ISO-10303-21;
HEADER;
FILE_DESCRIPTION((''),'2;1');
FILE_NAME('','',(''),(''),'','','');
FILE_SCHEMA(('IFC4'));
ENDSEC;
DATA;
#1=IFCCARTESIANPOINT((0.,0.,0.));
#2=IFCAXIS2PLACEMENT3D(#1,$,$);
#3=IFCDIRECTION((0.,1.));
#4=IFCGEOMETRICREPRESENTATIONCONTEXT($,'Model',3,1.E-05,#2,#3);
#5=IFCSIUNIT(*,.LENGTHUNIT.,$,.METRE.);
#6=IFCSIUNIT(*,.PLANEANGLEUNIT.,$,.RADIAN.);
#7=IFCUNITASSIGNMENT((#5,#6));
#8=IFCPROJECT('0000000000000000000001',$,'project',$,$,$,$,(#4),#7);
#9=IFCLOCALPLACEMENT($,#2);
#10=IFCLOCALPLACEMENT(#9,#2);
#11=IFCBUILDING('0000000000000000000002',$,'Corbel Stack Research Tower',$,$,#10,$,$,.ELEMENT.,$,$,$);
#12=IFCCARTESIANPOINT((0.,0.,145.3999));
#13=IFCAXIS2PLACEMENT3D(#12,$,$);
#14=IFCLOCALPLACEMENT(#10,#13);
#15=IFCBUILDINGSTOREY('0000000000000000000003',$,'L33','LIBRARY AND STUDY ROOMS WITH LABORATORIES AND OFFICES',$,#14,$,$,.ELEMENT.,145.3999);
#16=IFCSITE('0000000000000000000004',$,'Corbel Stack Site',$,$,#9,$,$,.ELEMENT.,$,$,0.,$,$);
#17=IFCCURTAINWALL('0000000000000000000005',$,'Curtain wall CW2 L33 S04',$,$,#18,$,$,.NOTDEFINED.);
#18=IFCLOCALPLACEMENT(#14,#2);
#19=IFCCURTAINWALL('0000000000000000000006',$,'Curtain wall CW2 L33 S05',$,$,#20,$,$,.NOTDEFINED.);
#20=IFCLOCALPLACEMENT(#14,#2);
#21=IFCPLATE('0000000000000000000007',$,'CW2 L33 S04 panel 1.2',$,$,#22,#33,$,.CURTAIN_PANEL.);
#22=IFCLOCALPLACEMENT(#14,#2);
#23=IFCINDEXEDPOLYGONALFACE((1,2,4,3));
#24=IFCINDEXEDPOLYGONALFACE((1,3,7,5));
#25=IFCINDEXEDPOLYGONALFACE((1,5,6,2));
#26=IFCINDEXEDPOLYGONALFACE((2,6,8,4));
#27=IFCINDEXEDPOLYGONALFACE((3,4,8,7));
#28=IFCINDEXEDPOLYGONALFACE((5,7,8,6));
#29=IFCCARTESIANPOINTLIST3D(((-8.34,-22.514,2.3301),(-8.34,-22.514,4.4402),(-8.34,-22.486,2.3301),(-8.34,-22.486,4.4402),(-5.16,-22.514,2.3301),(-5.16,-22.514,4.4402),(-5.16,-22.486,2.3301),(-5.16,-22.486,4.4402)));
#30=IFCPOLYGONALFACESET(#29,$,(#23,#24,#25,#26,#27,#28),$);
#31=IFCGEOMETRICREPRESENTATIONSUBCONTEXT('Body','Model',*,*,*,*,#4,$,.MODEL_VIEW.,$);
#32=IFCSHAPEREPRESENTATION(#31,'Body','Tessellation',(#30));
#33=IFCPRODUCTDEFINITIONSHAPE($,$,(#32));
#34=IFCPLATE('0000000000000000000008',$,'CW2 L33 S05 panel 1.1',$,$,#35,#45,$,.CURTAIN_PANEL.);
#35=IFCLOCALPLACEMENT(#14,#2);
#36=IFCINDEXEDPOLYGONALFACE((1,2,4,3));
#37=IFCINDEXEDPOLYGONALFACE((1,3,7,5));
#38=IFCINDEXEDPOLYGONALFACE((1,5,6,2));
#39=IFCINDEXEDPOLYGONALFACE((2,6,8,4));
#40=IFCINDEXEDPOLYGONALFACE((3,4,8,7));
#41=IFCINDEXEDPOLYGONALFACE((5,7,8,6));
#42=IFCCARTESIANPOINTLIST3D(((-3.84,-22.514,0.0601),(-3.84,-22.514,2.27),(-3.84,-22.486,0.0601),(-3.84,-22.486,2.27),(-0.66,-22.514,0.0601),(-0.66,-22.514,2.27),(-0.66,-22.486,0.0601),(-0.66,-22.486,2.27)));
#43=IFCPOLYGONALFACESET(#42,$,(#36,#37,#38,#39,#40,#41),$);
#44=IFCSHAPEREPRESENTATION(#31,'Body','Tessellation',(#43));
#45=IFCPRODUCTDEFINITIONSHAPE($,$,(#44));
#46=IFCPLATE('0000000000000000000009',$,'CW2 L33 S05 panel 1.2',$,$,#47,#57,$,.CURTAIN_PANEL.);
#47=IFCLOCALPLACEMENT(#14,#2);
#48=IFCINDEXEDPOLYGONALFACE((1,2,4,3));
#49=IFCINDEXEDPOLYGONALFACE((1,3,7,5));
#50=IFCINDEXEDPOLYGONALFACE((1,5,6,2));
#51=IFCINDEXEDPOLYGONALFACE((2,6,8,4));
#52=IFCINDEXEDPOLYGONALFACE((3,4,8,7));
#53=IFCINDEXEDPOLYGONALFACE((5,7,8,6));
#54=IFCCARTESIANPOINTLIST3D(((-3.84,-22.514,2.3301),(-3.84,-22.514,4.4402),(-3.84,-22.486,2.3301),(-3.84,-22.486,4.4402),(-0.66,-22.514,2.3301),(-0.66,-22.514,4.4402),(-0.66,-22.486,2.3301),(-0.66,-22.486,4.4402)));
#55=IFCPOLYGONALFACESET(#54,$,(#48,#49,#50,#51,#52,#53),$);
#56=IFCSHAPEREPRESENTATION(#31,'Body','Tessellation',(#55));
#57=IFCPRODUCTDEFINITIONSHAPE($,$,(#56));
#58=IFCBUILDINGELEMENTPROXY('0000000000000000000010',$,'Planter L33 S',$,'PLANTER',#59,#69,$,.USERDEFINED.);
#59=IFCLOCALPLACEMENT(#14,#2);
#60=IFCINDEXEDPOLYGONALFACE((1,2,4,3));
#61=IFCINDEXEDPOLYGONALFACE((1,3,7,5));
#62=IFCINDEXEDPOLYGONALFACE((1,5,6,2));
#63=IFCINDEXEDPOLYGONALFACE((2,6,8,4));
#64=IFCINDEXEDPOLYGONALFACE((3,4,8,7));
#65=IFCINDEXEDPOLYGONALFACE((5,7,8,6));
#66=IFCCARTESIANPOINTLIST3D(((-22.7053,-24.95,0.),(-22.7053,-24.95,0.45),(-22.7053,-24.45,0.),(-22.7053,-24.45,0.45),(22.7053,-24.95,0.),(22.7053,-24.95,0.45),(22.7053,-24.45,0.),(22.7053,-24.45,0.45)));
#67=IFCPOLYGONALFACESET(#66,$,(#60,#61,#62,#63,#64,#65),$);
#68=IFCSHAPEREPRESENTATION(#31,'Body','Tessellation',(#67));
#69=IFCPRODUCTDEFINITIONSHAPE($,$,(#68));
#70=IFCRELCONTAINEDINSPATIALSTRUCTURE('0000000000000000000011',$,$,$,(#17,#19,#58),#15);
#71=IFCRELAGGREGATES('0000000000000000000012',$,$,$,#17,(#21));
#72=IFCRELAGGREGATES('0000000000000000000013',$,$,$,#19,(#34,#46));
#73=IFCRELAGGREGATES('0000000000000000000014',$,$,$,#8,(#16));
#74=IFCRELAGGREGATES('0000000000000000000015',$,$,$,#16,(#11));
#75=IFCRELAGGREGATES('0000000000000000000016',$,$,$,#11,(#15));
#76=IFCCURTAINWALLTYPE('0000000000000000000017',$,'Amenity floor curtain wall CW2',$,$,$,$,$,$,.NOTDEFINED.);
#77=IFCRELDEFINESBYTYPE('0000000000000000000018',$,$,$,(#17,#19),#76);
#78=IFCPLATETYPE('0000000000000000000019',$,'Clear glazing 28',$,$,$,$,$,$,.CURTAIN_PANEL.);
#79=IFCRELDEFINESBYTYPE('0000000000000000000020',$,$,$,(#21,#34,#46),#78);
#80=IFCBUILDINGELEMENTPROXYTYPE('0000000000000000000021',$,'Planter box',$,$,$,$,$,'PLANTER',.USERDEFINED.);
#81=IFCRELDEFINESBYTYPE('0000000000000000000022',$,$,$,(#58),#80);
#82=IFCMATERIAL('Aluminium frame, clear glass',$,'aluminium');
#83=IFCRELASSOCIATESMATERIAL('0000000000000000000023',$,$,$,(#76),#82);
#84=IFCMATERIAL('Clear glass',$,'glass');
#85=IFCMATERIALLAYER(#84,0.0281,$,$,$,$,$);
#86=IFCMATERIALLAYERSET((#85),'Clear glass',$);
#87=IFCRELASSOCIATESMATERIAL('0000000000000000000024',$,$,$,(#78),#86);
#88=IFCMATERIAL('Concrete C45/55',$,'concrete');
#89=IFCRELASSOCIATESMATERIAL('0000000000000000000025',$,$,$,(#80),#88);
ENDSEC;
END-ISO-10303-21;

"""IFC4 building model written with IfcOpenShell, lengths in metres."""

from ifc_helpers import new_model, si_unit, direction, frame, origin, origin_2d, place, context, subcontext, project, spatial, rectangle, extrude, material, layer, layer_set, type_object, element, aggregate, save


model = new_model("IFC4")

# Units and contexts
model_context = context("Model", 3, precision=1e-05, world=origin(), true_north=direction((0.0, 1.0)))
body_context = subcontext(model_context, "Body", "Model", "MODEL_VIEW")
ifc_project = project(units=[si_unit("LENGTHUNIT", "METRE"), si_unit("PLANEANGLEUNIT", "RADIAN")], contexts=[model_context])

# Site, building, storey
site_placement = place(None, origin())
site = spatial("IfcSite", under=ifc_project, at=site_placement, Name="Corbel Stack Site", CompositionType="ELEMENT", RefElevation=0.0)
building_placement = place(site_placement, origin())
building = spatial("IfcBuilding", under=site, at=building_placement, Name="Corbel Stack Research Tower", CompositionType="ELEMENT")
storey_placement = place(building_placement, frame((0.0, 0.0, 145.3999)))
storey = spatial("IfcBuildingStorey", under=building, at=storey_placement, Name="L33", Description="LIBRARY AND STUDY ROOMS WITH LABORATORIES AND OFFICES", CompositionType="ELEMENT", Elevation=145.3999)

# Curtain wall
ifc_material_1 = material(Name="Aluminium frame, clear glass", Category="aluminium")
curtain_wall_type = type_object("IfcCurtainWallType", Name="Amenity floor curtain wall CW2", PredefinedType="NOTDEFINED", material=ifc_material_1)
curtain_wall_1_placement = place(storey_placement, origin())
curtain_wall_1 = element("IfcCurtainWall", 1, at=curtain_wall_1_placement, inside=storey, type_object=curtain_wall_type, Name="Curtain wall CW2 L33 S04", PredefinedType="NOTDEFINED")

# Curtain wall
curtain_wall_2_placement = place(storey_placement, origin())
curtain_wall_2 = element("IfcCurtainWall", 2, at=curtain_wall_2_placement, inside=storey, type_object=curtain_wall_type, Name="Curtain wall CW2 L33 S05", PredefinedType="NOTDEFINED")

# Plates
ifc_material_2 = material(Name="Clear glass", Category="glass")
ifc_layer = layer(ifc_material_2, 0.0281)
ifc_layer_set = layer_set([ifc_layer], Name="Clear glass")
plate_type = type_object("IfcPlateType", Name="Clear glazing 28", PredefinedType="CURTAIN_PANEL", material=ifc_layer_set)
plate_1_placement = place(storey_placement, frame((-6.75, -22.5, 2.3301), z_axis=(0.0, 0.0, 1.0), x_axis=(1.0, 0.0, 0.0)))
plate_1 = element("IfcPlate", 3, at=plate_1_placement, type_object=plate_type, Name="CW2 L33 S04 panel 1.2", PredefinedType="CURTAIN_PANEL", context=body_context, shape_type="SweptSolid", body=[
    extrude(rectangle(XDim=3.1799, YDim=0.0281, at=origin_2d()), origin(), (0.0, 0.0, 1.0), 2.1101),
])
aggregate(curtain_wall_1, [plate_1])
plate_2_placement = place(storey_placement, frame((-2.25, -22.5, 0.0601), z_axis=(0.0, 0.0, 1.0), x_axis=(1.0, 0.0, 0.0)))
plate_2 = element("IfcPlate", 4, at=plate_2_placement, type_object=plate_type, Name="CW2 L33 S05 panel 1.1", PredefinedType="CURTAIN_PANEL", context=body_context, shape_type="SweptSolid", body=[
    extrude(rectangle(XDim=3.1799, YDim=0.0281, at=origin_2d()), origin(), (0.0, 0.0, 1.0), 2.21),
])
plate_3_placement = place(storey_placement, frame((-2.25, -22.5, 2.3301), z_axis=(0.0, 0.0, 1.0), x_axis=(1.0, 0.0, 0.0)))
plate_3 = element("IfcPlate", 5, at=plate_3_placement, type_object=plate_type, Name="CW2 L33 S05 panel 1.2", PredefinedType="CURTAIN_PANEL", context=body_context, shape_type="SweptSolid", body=[
    extrude(rectangle(XDim=3.1799, YDim=0.0281, at=origin_2d()), origin(), (0.0, 0.0, 1.0), 2.1101),
])
aggregate(curtain_wall_2, [plate_2, plate_3])

# Building element proxy
ifc_material_3 = material(Name="Concrete C45/55", Category="concrete")
building_element_proxy_type = type_object("IfcBuildingElementProxyType", Name="Planter box", ElementType="PLANTER", PredefinedType="USERDEFINED", material=ifc_material_3)
proxy_placement = place(storey_placement, frame((0.0, -24.7, 0.0), z_axis=(0.0, 0.0, 1.0), x_axis=(1.0, 0.0, 0.0)))
element("IfcBuildingElementProxy", 6, at=proxy_placement, inside=storey, type_object=building_element_proxy_type, Name="Planter L33 S", ObjectType="PLANTER", PredefinedType="USERDEFINED", context=body_context, shape_type="SweptSolid", body=[
    extrude(rectangle(XDim=45.4106, YDim=0.5, at=origin_2d()), origin(), (0.0, 0.0, 1.0), 0.45),
])

save(model, "model.ifc")
